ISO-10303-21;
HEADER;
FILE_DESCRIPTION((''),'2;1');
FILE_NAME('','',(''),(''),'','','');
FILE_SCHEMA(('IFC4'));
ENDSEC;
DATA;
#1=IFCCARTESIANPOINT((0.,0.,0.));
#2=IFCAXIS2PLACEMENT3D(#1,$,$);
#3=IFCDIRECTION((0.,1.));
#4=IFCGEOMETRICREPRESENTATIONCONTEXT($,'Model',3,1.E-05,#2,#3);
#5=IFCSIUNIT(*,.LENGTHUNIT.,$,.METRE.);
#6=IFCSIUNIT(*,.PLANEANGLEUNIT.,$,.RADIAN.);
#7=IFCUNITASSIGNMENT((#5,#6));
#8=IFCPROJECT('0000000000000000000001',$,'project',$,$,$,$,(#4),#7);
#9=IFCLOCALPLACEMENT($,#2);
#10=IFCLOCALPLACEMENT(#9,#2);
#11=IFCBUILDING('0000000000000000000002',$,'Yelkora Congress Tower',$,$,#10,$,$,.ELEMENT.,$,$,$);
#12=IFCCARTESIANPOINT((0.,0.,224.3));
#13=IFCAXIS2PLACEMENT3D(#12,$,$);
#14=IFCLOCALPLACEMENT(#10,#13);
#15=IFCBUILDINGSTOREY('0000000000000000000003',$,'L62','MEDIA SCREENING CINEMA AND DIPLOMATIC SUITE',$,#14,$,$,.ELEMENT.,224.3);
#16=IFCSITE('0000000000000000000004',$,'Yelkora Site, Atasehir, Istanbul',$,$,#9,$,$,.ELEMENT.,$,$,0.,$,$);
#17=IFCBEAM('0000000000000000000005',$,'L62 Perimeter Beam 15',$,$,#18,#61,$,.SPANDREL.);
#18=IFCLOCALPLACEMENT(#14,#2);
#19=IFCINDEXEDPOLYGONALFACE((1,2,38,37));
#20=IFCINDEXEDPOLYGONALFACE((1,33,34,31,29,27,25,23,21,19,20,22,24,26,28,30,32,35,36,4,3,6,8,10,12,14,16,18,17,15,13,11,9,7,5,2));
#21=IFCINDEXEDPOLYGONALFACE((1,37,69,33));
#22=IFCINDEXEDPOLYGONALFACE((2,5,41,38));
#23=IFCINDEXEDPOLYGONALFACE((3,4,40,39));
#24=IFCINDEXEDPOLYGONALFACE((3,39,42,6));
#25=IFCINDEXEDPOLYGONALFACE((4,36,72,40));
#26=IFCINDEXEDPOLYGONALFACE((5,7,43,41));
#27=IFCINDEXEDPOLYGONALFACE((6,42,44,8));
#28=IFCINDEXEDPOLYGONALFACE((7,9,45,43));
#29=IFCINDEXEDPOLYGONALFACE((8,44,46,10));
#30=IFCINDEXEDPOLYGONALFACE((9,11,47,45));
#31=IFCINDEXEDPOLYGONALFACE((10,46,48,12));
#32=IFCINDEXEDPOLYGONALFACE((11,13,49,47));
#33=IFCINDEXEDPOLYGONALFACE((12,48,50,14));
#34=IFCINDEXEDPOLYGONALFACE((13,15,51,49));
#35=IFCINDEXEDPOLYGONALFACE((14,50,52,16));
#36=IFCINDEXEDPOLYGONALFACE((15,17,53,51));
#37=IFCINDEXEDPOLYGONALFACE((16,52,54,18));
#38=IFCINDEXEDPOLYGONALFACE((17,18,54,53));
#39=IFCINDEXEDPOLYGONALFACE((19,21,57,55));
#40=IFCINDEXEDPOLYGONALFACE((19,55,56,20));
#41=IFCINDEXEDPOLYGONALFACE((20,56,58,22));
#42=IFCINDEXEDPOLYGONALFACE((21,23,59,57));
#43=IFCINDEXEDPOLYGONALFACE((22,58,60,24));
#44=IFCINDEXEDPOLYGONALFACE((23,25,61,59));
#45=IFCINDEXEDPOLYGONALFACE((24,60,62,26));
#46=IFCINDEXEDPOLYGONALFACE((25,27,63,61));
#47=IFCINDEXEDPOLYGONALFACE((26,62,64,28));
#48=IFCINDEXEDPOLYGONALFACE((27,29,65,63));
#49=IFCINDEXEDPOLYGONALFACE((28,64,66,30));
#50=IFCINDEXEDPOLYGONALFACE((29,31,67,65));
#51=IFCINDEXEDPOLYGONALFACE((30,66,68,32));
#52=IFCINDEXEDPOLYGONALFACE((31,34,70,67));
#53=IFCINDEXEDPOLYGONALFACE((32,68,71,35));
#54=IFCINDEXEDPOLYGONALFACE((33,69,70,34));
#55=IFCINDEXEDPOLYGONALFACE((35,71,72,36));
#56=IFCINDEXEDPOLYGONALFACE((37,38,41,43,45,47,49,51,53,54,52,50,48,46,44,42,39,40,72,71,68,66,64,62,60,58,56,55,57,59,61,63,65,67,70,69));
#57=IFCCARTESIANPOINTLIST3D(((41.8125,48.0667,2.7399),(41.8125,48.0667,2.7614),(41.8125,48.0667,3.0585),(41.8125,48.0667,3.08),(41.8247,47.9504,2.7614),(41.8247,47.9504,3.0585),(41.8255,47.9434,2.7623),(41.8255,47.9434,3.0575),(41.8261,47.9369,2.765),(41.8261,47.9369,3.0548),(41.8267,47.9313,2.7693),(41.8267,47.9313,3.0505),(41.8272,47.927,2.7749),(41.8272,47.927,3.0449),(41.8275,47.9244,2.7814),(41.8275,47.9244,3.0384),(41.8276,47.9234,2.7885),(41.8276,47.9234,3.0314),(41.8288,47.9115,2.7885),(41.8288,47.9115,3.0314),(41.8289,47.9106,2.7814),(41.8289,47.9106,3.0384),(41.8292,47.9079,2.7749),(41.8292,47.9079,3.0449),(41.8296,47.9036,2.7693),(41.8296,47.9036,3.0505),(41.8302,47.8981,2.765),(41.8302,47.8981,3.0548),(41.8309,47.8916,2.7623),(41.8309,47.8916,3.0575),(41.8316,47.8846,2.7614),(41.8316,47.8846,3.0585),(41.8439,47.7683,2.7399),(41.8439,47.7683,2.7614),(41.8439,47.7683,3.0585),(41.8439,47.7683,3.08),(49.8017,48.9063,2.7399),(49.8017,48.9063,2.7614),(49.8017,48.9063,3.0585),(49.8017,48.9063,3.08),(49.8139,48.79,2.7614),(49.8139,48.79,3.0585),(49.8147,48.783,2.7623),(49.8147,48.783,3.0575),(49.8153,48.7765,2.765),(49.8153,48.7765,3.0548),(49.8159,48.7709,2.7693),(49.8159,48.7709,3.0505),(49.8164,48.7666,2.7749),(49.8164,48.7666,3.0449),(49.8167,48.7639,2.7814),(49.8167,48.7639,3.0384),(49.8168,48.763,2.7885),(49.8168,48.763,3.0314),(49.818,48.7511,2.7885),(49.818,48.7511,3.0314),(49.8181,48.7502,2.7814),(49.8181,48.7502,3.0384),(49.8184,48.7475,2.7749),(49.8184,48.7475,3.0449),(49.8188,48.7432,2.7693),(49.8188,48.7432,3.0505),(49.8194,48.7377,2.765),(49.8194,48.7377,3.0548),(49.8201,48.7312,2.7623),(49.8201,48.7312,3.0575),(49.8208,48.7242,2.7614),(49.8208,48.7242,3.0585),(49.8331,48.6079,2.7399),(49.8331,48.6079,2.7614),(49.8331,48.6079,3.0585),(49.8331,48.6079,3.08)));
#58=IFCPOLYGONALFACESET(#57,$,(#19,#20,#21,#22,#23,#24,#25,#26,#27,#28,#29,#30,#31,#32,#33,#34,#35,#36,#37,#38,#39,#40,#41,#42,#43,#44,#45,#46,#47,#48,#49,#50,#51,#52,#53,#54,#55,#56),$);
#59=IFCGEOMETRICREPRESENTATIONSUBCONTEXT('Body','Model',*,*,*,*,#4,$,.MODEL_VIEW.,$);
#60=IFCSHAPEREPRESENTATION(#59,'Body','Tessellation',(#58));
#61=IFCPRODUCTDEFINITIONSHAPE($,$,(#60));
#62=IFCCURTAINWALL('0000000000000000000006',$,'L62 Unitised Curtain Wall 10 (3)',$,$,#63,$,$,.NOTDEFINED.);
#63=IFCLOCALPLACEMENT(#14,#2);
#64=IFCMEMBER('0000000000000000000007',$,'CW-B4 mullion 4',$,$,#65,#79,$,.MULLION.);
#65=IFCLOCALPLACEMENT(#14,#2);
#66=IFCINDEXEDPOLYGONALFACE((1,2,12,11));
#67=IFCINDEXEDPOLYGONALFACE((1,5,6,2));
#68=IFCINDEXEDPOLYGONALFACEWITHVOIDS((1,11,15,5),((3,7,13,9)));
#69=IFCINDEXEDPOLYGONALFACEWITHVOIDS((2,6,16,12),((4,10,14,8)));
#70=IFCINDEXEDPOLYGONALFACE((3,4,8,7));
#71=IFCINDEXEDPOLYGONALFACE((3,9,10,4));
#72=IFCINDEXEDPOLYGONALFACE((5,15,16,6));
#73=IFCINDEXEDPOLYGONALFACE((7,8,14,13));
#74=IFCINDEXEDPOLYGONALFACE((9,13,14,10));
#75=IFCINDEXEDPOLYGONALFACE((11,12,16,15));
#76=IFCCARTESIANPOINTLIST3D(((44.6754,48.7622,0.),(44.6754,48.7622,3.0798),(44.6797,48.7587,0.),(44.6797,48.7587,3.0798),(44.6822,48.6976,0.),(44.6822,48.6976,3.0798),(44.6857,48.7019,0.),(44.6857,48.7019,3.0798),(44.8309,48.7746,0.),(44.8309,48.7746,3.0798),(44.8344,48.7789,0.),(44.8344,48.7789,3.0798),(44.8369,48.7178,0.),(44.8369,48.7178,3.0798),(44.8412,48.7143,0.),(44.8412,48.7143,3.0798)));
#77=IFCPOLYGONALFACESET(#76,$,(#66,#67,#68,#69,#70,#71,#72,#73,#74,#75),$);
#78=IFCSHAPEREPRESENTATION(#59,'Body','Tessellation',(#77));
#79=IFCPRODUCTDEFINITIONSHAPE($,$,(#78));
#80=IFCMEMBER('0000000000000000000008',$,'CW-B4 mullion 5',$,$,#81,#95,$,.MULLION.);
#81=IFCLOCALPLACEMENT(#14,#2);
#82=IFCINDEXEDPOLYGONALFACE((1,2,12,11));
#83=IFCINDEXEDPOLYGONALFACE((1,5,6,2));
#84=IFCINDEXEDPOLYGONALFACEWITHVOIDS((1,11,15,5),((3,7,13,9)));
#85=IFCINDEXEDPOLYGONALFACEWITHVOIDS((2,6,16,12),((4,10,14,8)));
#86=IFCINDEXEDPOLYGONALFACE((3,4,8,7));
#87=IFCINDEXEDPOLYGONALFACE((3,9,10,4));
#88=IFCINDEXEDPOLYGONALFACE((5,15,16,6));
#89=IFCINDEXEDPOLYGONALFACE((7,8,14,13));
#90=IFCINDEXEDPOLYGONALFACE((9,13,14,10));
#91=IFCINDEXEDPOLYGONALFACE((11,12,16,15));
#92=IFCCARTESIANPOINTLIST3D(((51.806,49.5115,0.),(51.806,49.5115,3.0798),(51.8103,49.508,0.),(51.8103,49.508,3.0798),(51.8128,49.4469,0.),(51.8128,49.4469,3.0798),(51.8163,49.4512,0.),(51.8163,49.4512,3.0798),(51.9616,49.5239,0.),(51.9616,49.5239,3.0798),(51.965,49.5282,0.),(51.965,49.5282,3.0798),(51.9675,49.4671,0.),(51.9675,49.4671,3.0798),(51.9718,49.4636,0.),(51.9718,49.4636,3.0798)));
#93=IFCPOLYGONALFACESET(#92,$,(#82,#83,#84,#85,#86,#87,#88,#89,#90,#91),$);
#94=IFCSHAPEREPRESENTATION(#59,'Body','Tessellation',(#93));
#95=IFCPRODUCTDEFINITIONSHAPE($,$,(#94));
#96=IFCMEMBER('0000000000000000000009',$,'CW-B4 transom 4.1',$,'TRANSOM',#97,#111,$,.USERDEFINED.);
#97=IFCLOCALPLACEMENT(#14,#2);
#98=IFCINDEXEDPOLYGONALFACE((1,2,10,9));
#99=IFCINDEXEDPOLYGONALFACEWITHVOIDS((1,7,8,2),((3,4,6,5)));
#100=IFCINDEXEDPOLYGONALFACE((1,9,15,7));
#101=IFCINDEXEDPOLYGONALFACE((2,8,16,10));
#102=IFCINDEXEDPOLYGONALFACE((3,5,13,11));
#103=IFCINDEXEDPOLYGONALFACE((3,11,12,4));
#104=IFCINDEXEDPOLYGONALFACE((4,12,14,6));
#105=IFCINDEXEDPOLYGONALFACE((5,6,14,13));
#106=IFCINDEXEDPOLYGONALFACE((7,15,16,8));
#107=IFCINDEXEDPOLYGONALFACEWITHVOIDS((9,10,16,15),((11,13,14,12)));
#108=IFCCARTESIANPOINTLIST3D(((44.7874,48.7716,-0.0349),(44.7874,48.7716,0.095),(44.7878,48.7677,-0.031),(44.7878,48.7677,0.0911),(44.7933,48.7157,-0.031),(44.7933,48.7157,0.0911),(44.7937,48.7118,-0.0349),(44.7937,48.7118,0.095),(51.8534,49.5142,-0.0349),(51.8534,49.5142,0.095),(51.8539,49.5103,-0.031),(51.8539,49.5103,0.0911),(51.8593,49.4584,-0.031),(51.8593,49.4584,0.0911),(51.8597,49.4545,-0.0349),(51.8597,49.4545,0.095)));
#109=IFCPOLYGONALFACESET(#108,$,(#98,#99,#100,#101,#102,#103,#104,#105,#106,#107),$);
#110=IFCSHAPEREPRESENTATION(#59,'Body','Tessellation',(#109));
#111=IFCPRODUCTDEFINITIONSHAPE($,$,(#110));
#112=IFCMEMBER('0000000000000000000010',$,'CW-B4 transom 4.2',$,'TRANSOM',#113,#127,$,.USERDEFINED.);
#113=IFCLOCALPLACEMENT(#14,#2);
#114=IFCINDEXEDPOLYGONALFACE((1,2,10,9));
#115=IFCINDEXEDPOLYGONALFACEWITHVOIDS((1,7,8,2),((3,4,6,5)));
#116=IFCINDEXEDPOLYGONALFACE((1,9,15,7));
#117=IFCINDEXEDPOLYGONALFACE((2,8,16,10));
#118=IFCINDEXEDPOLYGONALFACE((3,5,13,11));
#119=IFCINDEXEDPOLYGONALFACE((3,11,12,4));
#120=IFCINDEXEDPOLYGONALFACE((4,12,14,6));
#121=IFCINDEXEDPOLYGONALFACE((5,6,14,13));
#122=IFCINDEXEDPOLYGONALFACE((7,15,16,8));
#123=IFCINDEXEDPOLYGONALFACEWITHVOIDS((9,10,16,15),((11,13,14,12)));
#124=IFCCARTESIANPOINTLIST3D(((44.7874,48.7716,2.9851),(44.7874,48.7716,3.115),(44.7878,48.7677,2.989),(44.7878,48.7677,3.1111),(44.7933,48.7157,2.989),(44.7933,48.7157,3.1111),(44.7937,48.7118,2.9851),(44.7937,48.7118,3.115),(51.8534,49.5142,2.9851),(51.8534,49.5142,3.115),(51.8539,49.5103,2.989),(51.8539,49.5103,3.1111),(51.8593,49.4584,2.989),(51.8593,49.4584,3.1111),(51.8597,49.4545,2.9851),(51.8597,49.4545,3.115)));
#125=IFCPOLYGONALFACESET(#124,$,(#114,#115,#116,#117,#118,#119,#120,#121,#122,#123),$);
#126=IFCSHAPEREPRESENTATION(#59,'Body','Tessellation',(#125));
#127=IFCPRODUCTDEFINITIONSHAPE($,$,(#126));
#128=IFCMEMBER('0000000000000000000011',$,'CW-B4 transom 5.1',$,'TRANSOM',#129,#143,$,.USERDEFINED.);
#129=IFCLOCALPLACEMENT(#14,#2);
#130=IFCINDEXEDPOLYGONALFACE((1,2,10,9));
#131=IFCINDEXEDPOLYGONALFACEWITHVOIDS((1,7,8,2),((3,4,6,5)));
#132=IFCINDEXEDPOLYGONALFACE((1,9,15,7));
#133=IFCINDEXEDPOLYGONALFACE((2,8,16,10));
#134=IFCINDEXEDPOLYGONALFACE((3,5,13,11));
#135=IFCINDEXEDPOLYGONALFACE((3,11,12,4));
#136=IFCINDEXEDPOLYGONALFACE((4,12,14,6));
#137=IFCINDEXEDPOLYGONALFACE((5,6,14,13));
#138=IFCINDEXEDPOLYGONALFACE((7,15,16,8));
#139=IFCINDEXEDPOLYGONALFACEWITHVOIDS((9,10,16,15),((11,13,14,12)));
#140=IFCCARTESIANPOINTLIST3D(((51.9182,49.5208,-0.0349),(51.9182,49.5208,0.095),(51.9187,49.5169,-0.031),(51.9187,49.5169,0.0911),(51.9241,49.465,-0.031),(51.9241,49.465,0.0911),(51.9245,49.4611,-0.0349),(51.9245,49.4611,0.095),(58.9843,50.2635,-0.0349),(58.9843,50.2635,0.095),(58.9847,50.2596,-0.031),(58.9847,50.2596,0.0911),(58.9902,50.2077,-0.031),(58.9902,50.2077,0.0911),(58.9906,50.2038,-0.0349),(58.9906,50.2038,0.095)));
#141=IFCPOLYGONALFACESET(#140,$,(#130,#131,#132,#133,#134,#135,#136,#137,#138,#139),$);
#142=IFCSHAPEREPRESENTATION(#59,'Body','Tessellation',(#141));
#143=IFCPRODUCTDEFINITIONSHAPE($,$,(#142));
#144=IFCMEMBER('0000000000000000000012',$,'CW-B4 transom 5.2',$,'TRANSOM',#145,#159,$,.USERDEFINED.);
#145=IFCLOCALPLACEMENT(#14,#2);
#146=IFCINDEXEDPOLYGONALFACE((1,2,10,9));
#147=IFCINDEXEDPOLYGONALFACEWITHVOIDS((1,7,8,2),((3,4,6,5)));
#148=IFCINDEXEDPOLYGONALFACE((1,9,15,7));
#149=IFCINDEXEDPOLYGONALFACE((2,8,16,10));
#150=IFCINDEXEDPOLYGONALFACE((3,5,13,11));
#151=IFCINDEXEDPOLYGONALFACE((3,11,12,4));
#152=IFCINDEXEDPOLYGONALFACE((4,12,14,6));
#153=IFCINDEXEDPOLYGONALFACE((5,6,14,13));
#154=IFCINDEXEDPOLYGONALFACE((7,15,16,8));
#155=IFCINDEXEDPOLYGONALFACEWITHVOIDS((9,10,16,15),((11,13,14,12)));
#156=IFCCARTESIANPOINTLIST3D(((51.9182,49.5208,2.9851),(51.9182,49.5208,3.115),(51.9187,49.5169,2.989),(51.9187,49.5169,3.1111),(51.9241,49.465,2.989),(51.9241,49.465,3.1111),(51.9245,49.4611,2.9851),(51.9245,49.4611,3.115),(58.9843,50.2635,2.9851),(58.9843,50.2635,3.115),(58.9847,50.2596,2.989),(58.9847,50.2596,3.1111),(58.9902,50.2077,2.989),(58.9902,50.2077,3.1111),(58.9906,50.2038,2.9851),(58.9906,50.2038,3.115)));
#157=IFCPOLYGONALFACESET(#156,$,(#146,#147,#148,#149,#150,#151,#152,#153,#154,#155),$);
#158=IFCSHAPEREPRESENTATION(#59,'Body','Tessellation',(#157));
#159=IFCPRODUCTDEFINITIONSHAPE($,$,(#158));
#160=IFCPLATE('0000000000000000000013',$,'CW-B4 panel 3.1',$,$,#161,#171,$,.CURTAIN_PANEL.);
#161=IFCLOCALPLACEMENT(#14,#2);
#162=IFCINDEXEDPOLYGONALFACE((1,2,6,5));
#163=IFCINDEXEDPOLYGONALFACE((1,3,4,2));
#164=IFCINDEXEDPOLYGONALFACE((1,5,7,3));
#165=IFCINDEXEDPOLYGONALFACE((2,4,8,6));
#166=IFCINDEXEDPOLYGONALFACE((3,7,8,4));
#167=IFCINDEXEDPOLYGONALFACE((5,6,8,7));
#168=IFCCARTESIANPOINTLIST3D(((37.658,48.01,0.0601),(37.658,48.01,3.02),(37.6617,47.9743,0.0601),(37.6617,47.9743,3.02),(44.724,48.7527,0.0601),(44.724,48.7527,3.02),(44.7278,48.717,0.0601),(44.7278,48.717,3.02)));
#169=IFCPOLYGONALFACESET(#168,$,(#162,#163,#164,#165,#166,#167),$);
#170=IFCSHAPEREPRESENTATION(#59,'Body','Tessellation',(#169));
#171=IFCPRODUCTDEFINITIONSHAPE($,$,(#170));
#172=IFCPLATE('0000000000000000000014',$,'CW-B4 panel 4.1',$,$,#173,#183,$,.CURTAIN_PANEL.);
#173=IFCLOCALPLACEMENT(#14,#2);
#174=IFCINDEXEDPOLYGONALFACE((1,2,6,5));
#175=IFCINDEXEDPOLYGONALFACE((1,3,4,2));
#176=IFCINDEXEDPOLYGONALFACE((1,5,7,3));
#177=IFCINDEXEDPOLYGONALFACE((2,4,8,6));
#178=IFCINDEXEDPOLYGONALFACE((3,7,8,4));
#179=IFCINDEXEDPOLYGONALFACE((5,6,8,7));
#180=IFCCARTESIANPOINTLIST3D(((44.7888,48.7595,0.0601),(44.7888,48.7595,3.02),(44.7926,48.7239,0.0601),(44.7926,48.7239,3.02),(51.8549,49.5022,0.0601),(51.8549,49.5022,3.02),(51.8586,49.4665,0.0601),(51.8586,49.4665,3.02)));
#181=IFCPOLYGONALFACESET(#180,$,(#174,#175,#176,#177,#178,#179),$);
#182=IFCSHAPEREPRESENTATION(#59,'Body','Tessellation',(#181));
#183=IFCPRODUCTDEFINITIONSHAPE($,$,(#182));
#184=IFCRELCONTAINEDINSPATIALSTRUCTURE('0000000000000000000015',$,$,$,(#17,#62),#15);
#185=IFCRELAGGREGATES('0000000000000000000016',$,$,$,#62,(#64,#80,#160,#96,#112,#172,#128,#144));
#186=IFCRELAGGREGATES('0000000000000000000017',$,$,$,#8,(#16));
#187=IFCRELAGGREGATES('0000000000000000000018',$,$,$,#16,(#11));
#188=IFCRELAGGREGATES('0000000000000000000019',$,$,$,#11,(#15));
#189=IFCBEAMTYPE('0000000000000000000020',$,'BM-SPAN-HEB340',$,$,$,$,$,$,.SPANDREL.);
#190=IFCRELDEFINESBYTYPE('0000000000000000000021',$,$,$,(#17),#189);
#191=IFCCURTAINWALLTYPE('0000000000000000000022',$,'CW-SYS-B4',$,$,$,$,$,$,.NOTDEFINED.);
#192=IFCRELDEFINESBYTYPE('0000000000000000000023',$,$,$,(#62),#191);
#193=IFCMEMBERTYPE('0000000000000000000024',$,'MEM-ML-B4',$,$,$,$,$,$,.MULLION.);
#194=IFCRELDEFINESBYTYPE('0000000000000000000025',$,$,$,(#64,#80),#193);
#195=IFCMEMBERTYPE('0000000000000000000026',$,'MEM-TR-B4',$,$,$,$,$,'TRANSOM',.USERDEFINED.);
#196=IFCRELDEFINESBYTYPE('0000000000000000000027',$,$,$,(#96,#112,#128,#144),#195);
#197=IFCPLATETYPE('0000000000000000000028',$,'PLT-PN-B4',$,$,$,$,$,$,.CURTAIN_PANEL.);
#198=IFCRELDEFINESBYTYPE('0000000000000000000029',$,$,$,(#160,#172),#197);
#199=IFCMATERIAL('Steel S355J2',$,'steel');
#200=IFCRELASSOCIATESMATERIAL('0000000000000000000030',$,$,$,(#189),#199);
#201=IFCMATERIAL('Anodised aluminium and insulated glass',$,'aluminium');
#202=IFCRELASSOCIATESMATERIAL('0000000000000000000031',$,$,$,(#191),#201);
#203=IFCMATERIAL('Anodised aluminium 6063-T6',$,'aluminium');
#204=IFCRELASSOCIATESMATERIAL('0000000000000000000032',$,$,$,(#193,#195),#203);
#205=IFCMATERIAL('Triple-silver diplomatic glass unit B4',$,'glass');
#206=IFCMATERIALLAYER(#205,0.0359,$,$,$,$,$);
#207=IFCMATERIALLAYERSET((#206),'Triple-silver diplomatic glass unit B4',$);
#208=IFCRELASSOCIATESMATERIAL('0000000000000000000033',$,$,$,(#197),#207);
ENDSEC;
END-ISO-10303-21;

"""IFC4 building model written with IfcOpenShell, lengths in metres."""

from ifc_helpers import new_model, si_unit, direction, frame, origin, origin_2d, place, context, subcontext, project, spatial, rectangle, hollow_rectangle, i_section, extrude, material, layer, layer_set, material_profile, profile_set, type_object, element, aggregate, save


model = new_model("IFC4")

# Units and contexts
model_context = context("Model", 3, precision=1e-05, world=origin(), true_north=direction((0.0, 1.0)))
body_context = subcontext(model_context, "Body", "Model", "MODEL_VIEW")
ifc_project = project(units=[si_unit("LENGTHUNIT", "METRE"), si_unit("PLANEANGLEUNIT", "RADIAN")], contexts=[model_context])

# Site, building, storey
site_placement = place(None, origin())
site = spatial("IfcSite", under=ifc_project, at=site_placement, Name="Yelkora Site, Atasehir, Istanbul", CompositionType="ELEMENT", RefElevation=0.0)
building_placement = place(site_placement, origin())
building = spatial("IfcBuilding", under=site, at=building_placement, Name="Yelkora Congress Tower", CompositionType="ELEMENT")
storey_placement = place(building_placement, frame((0.0, 0.0, 224.3)))
storey = spatial("IfcBuildingStorey", under=building, at=storey_placement, Name="L62", Description="MEDIA SCREENING CINEMA AND DIPLOMATIC SUITE", CompositionType="ELEMENT", Elevation=224.3)

# Shared definitions
ifc_material_1 = material(Name="Steel S355J2", Category="steel")

# Beam
ifc_material_profile_1 = material_profile(ifc_material_1, i_section(OverallWidth=0.3, OverallDepth=0.3401, WebThickness=0.012, FlangeThickness=0.0215, FilletRadius=0.0271, at=origin_2d()), Name="HEB 340")
ifc_profile_set_1 = profile_set([ifc_material_profile_1], Name="Steel S355J2")
beam_type_1 = type_object("IfcBeamType", Name="BM-SPAN-HEB340", PredefinedType="SPANDREL", material=ifc_profile_set_1)
beam_1_placement = place(storey_placement, frame((49.8174, 48.7571, 2.9099), z_axis=(-0.994523, -0.104516, 0.0), x_axis=(0.104516, -0.994523, 0.0)))
element("IfcBeam", 1, at=beam_1_placement, inside=storey, type_object=beam_type_1, Name="L62 Perimeter Beam 15", PredefinedType="SPANDREL", context=body_context, shape_type="SweptSolid", body=[
    extrude(i_section(OverallWidth=0.3, OverallDepth=0.3401, WebThickness=0.012, FlangeThickness=0.0215, FilletRadius=0.0271, at=origin_2d()), origin(), (0.0, 0.0, 1.0), 8.0332),
])

# Curtain wall, members, plates
ifc_material_2 = material(Name="Anodised aluminium and insulated glass", Category="aluminium")
curtain_wall_type = type_object("IfcCurtainWallType", Name="CW-SYS-B4", PredefinedType="NOTDEFINED", material=ifc_material_2)
curtain_wall_placement = place(storey_placement, origin())
curtain_wall = element("IfcCurtainWall", 2, at=curtain_wall_placement, inside=storey, type_object=curtain_wall_type, Name="L62 Unitised Curtain Wall 10 (3)", PredefinedType="NOTDEFINED")
ifc_material_3 = material(Name="Anodised aluminium 6063-T6", Category="aluminium")
ifc_material_profile_2 = material_profile(ifc_material_3, hollow_rectangle(XDim=0.0649, YDim=0.1599, WallThickness=0.0039, at=origin_2d()), Name="ALU 65x160x4")
ifc_profile_set_2 = profile_set([ifc_material_profile_2], Name="Anodised aluminium 6063-T6")
member_type_1 = type_object("IfcMemberType", Name="MEM-ML-B4", PredefinedType="MULLION", material=ifc_profile_set_2)
member_1_placement = place(storey_placement, frame((44.7583, 48.7383, 0.0), z_axis=(0.0, 0.0, 1.0), x_axis=(-0.104528, 0.994522, 0.0)))
member_1 = element("IfcMember", 3, at=member_1_placement, type_object=member_type_1, Name="CW-B4 mullion 4", PredefinedType="MULLION", context=body_context, shape_type="SweptSolid", body=[
    extrude(hollow_rectangle(XDim=0.0649, YDim=0.1599, WallThickness=0.0039, at=origin_2d()), origin(), (0.0, 0.0, 1.0), 3.0798),
])
member_2_placement = place(storey_placement, frame((51.8889, 49.4875, 0.0), z_axis=(0.0, 0.0, 1.0), x_axis=(-0.104528, 0.994522, 0.0)))
member_2 = element("IfcMember", 4, at=member_2_placement, type_object=member_type_1, Name="CW-B4 mullion 5", PredefinedType="MULLION", context=body_context, shape_type="SweptSolid", body=[
    extrude(hollow_rectangle(XDim=0.0649, YDim=0.1599, WallThickness=0.0039, at=origin_2d()), origin(), (0.0, 0.0, 1.0), 3.0798),
])
ifc_material_profile_3 = material_profile(ifc_material_3, hollow_rectangle(XDim=0.0601, YDim=0.1299, WallThickness=0.0039, at=origin_2d()), Name="ALU 60x130x4")
ifc_profile_set_3 = profile_set([ifc_material_profile_3], Name="Anodised aluminium 6063-T6")
member_type_2 = type_object("IfcMemberType", Name="MEM-TR-B4", ElementType="TRANSOM", PredefinedType="USERDEFINED", material=ifc_profile_set_3)
member_3_placement = place(storey_placement, frame((44.7905, 48.7417, 0.03), z_axis=(0.994522, 0.104527, 0.0), x_axis=(-0.104527, 0.994522, 0.0)))
member_3 = element("IfcMember", 5, at=member_3_placement, type_object=member_type_2, Name="CW-B4 transom 4.1", ObjectType="TRANSOM", PredefinedType="USERDEFINED", context=body_context, shape_type="SweptSolid", body=[
    extrude(hollow_rectangle(XDim=0.0601, YDim=0.1299, WallThickness=0.0039, at=origin_2d()), origin(), (0.0, 0.0, 1.0), 7.105),
])
member_4_placement = place(storey_placement, frame((44.7905, 48.7417, 3.05), z_axis=(0.994522, 0.104527, 0.0), x_axis=(-0.104527, 0.994522, 0.0)))
member_4 = element("IfcMember", 6, at=member_4_placement, type_object=member_type_2, Name="CW-B4 transom 4.2", ObjectType="TRANSOM", PredefinedType="USERDEFINED", context=body_context, shape_type="SweptSolid", body=[
    extrude(hollow_rectangle(XDim=0.0601, YDim=0.1299, WallThickness=0.0039, at=origin_2d()), origin(), (0.0, 0.0, 1.0), 7.105),
])
member_5_placement = place(storey_placement, frame((51.9214, 49.491, 0.03), z_axis=(0.994522, 0.104527, 0.0), x_axis=(-0.104527, 0.994522, 0.0)))
member_5 = element("IfcMember", 7, at=member_5_placement, type_object=member_type_2, Name="CW-B4 transom 5.1", ObjectType="TRANSOM", PredefinedType="USERDEFINED", context=body_context, shape_type="SweptSolid", body=[
    extrude(hollow_rectangle(XDim=0.0601, YDim=0.1299, WallThickness=0.0039, at=origin_2d()), origin(), (0.0, 0.0, 1.0), 7.105),
])
member_6_placement = place(storey_placement, frame((51.9214, 49.491, 3.05), z_axis=(0.994522, 0.104527, 0.0), x_axis=(-0.104527, 0.994522, 0.0)))
member_6 = element("IfcMember", 8, at=member_6_placement, type_object=member_type_2, Name="CW-B4 transom 5.2", ObjectType="TRANSOM", PredefinedType="USERDEFINED", context=body_context, shape_type="SweptSolid", body=[
    extrude(hollow_rectangle(XDim=0.0601, YDim=0.1299, WallThickness=0.0039, at=origin_2d()), origin(), (0.0, 0.0, 1.0), 7.105),
])
ifc_material_4 = material(Name="Triple-silver diplomatic glass unit B4", Category="glass")
ifc_layer_1 = layer(ifc_material_4, 0.0359)
ifc_layer_set_1 = layer_set([ifc_layer_1], Name="Triple-silver diplomatic glass unit B4")
plate_type = type_object("IfcPlateType", Name="PLT-PN-B4", PredefinedType="CURTAIN_PANEL", material=ifc_layer_set_1)
plate_1_placement = place(storey_placement, frame((41.1929, 48.3635, 0.0601), z_axis=(0.0, 0.0, 1.0), x_axis=(0.994522, 0.104528, 0.0)))
plate_1 = element("IfcPlate", 9, at=plate_1_placement, type_object=plate_type, Name="CW-B4 panel 3.1", PredefinedType="CURTAIN_PANEL", context=body_context, shape_type="SweptSolid", body=[
    extrude(rectangle(XDim=7.105, YDim=0.0359, at=origin_2d()), origin(), (0.0, 0.0, 1.0), 2.96),
])
plate_2_placement = place(storey_placement, frame((48.3237, 49.113, 0.0601), z_axis=(0.0, 0.0, 1.0), x_axis=(0.994522, 0.104528, 0.0)))
plate_2 = element("IfcPlate", 10, at=plate_2_placement, type_object=plate_type, Name="CW-B4 panel 4.1", PredefinedType="CURTAIN_PANEL", context=body_context, shape_type="SweptSolid", body=[
    extrude(rectangle(XDim=7.105, YDim=0.0359, at=origin_2d()), origin(), (0.0, 0.0, 1.0), 2.96),
])
aggregate(curtain_wall, [member_1, member_2, plate_1, member_3, member_4, plate_2, member_5, member_6])

save(model, "model.ifc")
